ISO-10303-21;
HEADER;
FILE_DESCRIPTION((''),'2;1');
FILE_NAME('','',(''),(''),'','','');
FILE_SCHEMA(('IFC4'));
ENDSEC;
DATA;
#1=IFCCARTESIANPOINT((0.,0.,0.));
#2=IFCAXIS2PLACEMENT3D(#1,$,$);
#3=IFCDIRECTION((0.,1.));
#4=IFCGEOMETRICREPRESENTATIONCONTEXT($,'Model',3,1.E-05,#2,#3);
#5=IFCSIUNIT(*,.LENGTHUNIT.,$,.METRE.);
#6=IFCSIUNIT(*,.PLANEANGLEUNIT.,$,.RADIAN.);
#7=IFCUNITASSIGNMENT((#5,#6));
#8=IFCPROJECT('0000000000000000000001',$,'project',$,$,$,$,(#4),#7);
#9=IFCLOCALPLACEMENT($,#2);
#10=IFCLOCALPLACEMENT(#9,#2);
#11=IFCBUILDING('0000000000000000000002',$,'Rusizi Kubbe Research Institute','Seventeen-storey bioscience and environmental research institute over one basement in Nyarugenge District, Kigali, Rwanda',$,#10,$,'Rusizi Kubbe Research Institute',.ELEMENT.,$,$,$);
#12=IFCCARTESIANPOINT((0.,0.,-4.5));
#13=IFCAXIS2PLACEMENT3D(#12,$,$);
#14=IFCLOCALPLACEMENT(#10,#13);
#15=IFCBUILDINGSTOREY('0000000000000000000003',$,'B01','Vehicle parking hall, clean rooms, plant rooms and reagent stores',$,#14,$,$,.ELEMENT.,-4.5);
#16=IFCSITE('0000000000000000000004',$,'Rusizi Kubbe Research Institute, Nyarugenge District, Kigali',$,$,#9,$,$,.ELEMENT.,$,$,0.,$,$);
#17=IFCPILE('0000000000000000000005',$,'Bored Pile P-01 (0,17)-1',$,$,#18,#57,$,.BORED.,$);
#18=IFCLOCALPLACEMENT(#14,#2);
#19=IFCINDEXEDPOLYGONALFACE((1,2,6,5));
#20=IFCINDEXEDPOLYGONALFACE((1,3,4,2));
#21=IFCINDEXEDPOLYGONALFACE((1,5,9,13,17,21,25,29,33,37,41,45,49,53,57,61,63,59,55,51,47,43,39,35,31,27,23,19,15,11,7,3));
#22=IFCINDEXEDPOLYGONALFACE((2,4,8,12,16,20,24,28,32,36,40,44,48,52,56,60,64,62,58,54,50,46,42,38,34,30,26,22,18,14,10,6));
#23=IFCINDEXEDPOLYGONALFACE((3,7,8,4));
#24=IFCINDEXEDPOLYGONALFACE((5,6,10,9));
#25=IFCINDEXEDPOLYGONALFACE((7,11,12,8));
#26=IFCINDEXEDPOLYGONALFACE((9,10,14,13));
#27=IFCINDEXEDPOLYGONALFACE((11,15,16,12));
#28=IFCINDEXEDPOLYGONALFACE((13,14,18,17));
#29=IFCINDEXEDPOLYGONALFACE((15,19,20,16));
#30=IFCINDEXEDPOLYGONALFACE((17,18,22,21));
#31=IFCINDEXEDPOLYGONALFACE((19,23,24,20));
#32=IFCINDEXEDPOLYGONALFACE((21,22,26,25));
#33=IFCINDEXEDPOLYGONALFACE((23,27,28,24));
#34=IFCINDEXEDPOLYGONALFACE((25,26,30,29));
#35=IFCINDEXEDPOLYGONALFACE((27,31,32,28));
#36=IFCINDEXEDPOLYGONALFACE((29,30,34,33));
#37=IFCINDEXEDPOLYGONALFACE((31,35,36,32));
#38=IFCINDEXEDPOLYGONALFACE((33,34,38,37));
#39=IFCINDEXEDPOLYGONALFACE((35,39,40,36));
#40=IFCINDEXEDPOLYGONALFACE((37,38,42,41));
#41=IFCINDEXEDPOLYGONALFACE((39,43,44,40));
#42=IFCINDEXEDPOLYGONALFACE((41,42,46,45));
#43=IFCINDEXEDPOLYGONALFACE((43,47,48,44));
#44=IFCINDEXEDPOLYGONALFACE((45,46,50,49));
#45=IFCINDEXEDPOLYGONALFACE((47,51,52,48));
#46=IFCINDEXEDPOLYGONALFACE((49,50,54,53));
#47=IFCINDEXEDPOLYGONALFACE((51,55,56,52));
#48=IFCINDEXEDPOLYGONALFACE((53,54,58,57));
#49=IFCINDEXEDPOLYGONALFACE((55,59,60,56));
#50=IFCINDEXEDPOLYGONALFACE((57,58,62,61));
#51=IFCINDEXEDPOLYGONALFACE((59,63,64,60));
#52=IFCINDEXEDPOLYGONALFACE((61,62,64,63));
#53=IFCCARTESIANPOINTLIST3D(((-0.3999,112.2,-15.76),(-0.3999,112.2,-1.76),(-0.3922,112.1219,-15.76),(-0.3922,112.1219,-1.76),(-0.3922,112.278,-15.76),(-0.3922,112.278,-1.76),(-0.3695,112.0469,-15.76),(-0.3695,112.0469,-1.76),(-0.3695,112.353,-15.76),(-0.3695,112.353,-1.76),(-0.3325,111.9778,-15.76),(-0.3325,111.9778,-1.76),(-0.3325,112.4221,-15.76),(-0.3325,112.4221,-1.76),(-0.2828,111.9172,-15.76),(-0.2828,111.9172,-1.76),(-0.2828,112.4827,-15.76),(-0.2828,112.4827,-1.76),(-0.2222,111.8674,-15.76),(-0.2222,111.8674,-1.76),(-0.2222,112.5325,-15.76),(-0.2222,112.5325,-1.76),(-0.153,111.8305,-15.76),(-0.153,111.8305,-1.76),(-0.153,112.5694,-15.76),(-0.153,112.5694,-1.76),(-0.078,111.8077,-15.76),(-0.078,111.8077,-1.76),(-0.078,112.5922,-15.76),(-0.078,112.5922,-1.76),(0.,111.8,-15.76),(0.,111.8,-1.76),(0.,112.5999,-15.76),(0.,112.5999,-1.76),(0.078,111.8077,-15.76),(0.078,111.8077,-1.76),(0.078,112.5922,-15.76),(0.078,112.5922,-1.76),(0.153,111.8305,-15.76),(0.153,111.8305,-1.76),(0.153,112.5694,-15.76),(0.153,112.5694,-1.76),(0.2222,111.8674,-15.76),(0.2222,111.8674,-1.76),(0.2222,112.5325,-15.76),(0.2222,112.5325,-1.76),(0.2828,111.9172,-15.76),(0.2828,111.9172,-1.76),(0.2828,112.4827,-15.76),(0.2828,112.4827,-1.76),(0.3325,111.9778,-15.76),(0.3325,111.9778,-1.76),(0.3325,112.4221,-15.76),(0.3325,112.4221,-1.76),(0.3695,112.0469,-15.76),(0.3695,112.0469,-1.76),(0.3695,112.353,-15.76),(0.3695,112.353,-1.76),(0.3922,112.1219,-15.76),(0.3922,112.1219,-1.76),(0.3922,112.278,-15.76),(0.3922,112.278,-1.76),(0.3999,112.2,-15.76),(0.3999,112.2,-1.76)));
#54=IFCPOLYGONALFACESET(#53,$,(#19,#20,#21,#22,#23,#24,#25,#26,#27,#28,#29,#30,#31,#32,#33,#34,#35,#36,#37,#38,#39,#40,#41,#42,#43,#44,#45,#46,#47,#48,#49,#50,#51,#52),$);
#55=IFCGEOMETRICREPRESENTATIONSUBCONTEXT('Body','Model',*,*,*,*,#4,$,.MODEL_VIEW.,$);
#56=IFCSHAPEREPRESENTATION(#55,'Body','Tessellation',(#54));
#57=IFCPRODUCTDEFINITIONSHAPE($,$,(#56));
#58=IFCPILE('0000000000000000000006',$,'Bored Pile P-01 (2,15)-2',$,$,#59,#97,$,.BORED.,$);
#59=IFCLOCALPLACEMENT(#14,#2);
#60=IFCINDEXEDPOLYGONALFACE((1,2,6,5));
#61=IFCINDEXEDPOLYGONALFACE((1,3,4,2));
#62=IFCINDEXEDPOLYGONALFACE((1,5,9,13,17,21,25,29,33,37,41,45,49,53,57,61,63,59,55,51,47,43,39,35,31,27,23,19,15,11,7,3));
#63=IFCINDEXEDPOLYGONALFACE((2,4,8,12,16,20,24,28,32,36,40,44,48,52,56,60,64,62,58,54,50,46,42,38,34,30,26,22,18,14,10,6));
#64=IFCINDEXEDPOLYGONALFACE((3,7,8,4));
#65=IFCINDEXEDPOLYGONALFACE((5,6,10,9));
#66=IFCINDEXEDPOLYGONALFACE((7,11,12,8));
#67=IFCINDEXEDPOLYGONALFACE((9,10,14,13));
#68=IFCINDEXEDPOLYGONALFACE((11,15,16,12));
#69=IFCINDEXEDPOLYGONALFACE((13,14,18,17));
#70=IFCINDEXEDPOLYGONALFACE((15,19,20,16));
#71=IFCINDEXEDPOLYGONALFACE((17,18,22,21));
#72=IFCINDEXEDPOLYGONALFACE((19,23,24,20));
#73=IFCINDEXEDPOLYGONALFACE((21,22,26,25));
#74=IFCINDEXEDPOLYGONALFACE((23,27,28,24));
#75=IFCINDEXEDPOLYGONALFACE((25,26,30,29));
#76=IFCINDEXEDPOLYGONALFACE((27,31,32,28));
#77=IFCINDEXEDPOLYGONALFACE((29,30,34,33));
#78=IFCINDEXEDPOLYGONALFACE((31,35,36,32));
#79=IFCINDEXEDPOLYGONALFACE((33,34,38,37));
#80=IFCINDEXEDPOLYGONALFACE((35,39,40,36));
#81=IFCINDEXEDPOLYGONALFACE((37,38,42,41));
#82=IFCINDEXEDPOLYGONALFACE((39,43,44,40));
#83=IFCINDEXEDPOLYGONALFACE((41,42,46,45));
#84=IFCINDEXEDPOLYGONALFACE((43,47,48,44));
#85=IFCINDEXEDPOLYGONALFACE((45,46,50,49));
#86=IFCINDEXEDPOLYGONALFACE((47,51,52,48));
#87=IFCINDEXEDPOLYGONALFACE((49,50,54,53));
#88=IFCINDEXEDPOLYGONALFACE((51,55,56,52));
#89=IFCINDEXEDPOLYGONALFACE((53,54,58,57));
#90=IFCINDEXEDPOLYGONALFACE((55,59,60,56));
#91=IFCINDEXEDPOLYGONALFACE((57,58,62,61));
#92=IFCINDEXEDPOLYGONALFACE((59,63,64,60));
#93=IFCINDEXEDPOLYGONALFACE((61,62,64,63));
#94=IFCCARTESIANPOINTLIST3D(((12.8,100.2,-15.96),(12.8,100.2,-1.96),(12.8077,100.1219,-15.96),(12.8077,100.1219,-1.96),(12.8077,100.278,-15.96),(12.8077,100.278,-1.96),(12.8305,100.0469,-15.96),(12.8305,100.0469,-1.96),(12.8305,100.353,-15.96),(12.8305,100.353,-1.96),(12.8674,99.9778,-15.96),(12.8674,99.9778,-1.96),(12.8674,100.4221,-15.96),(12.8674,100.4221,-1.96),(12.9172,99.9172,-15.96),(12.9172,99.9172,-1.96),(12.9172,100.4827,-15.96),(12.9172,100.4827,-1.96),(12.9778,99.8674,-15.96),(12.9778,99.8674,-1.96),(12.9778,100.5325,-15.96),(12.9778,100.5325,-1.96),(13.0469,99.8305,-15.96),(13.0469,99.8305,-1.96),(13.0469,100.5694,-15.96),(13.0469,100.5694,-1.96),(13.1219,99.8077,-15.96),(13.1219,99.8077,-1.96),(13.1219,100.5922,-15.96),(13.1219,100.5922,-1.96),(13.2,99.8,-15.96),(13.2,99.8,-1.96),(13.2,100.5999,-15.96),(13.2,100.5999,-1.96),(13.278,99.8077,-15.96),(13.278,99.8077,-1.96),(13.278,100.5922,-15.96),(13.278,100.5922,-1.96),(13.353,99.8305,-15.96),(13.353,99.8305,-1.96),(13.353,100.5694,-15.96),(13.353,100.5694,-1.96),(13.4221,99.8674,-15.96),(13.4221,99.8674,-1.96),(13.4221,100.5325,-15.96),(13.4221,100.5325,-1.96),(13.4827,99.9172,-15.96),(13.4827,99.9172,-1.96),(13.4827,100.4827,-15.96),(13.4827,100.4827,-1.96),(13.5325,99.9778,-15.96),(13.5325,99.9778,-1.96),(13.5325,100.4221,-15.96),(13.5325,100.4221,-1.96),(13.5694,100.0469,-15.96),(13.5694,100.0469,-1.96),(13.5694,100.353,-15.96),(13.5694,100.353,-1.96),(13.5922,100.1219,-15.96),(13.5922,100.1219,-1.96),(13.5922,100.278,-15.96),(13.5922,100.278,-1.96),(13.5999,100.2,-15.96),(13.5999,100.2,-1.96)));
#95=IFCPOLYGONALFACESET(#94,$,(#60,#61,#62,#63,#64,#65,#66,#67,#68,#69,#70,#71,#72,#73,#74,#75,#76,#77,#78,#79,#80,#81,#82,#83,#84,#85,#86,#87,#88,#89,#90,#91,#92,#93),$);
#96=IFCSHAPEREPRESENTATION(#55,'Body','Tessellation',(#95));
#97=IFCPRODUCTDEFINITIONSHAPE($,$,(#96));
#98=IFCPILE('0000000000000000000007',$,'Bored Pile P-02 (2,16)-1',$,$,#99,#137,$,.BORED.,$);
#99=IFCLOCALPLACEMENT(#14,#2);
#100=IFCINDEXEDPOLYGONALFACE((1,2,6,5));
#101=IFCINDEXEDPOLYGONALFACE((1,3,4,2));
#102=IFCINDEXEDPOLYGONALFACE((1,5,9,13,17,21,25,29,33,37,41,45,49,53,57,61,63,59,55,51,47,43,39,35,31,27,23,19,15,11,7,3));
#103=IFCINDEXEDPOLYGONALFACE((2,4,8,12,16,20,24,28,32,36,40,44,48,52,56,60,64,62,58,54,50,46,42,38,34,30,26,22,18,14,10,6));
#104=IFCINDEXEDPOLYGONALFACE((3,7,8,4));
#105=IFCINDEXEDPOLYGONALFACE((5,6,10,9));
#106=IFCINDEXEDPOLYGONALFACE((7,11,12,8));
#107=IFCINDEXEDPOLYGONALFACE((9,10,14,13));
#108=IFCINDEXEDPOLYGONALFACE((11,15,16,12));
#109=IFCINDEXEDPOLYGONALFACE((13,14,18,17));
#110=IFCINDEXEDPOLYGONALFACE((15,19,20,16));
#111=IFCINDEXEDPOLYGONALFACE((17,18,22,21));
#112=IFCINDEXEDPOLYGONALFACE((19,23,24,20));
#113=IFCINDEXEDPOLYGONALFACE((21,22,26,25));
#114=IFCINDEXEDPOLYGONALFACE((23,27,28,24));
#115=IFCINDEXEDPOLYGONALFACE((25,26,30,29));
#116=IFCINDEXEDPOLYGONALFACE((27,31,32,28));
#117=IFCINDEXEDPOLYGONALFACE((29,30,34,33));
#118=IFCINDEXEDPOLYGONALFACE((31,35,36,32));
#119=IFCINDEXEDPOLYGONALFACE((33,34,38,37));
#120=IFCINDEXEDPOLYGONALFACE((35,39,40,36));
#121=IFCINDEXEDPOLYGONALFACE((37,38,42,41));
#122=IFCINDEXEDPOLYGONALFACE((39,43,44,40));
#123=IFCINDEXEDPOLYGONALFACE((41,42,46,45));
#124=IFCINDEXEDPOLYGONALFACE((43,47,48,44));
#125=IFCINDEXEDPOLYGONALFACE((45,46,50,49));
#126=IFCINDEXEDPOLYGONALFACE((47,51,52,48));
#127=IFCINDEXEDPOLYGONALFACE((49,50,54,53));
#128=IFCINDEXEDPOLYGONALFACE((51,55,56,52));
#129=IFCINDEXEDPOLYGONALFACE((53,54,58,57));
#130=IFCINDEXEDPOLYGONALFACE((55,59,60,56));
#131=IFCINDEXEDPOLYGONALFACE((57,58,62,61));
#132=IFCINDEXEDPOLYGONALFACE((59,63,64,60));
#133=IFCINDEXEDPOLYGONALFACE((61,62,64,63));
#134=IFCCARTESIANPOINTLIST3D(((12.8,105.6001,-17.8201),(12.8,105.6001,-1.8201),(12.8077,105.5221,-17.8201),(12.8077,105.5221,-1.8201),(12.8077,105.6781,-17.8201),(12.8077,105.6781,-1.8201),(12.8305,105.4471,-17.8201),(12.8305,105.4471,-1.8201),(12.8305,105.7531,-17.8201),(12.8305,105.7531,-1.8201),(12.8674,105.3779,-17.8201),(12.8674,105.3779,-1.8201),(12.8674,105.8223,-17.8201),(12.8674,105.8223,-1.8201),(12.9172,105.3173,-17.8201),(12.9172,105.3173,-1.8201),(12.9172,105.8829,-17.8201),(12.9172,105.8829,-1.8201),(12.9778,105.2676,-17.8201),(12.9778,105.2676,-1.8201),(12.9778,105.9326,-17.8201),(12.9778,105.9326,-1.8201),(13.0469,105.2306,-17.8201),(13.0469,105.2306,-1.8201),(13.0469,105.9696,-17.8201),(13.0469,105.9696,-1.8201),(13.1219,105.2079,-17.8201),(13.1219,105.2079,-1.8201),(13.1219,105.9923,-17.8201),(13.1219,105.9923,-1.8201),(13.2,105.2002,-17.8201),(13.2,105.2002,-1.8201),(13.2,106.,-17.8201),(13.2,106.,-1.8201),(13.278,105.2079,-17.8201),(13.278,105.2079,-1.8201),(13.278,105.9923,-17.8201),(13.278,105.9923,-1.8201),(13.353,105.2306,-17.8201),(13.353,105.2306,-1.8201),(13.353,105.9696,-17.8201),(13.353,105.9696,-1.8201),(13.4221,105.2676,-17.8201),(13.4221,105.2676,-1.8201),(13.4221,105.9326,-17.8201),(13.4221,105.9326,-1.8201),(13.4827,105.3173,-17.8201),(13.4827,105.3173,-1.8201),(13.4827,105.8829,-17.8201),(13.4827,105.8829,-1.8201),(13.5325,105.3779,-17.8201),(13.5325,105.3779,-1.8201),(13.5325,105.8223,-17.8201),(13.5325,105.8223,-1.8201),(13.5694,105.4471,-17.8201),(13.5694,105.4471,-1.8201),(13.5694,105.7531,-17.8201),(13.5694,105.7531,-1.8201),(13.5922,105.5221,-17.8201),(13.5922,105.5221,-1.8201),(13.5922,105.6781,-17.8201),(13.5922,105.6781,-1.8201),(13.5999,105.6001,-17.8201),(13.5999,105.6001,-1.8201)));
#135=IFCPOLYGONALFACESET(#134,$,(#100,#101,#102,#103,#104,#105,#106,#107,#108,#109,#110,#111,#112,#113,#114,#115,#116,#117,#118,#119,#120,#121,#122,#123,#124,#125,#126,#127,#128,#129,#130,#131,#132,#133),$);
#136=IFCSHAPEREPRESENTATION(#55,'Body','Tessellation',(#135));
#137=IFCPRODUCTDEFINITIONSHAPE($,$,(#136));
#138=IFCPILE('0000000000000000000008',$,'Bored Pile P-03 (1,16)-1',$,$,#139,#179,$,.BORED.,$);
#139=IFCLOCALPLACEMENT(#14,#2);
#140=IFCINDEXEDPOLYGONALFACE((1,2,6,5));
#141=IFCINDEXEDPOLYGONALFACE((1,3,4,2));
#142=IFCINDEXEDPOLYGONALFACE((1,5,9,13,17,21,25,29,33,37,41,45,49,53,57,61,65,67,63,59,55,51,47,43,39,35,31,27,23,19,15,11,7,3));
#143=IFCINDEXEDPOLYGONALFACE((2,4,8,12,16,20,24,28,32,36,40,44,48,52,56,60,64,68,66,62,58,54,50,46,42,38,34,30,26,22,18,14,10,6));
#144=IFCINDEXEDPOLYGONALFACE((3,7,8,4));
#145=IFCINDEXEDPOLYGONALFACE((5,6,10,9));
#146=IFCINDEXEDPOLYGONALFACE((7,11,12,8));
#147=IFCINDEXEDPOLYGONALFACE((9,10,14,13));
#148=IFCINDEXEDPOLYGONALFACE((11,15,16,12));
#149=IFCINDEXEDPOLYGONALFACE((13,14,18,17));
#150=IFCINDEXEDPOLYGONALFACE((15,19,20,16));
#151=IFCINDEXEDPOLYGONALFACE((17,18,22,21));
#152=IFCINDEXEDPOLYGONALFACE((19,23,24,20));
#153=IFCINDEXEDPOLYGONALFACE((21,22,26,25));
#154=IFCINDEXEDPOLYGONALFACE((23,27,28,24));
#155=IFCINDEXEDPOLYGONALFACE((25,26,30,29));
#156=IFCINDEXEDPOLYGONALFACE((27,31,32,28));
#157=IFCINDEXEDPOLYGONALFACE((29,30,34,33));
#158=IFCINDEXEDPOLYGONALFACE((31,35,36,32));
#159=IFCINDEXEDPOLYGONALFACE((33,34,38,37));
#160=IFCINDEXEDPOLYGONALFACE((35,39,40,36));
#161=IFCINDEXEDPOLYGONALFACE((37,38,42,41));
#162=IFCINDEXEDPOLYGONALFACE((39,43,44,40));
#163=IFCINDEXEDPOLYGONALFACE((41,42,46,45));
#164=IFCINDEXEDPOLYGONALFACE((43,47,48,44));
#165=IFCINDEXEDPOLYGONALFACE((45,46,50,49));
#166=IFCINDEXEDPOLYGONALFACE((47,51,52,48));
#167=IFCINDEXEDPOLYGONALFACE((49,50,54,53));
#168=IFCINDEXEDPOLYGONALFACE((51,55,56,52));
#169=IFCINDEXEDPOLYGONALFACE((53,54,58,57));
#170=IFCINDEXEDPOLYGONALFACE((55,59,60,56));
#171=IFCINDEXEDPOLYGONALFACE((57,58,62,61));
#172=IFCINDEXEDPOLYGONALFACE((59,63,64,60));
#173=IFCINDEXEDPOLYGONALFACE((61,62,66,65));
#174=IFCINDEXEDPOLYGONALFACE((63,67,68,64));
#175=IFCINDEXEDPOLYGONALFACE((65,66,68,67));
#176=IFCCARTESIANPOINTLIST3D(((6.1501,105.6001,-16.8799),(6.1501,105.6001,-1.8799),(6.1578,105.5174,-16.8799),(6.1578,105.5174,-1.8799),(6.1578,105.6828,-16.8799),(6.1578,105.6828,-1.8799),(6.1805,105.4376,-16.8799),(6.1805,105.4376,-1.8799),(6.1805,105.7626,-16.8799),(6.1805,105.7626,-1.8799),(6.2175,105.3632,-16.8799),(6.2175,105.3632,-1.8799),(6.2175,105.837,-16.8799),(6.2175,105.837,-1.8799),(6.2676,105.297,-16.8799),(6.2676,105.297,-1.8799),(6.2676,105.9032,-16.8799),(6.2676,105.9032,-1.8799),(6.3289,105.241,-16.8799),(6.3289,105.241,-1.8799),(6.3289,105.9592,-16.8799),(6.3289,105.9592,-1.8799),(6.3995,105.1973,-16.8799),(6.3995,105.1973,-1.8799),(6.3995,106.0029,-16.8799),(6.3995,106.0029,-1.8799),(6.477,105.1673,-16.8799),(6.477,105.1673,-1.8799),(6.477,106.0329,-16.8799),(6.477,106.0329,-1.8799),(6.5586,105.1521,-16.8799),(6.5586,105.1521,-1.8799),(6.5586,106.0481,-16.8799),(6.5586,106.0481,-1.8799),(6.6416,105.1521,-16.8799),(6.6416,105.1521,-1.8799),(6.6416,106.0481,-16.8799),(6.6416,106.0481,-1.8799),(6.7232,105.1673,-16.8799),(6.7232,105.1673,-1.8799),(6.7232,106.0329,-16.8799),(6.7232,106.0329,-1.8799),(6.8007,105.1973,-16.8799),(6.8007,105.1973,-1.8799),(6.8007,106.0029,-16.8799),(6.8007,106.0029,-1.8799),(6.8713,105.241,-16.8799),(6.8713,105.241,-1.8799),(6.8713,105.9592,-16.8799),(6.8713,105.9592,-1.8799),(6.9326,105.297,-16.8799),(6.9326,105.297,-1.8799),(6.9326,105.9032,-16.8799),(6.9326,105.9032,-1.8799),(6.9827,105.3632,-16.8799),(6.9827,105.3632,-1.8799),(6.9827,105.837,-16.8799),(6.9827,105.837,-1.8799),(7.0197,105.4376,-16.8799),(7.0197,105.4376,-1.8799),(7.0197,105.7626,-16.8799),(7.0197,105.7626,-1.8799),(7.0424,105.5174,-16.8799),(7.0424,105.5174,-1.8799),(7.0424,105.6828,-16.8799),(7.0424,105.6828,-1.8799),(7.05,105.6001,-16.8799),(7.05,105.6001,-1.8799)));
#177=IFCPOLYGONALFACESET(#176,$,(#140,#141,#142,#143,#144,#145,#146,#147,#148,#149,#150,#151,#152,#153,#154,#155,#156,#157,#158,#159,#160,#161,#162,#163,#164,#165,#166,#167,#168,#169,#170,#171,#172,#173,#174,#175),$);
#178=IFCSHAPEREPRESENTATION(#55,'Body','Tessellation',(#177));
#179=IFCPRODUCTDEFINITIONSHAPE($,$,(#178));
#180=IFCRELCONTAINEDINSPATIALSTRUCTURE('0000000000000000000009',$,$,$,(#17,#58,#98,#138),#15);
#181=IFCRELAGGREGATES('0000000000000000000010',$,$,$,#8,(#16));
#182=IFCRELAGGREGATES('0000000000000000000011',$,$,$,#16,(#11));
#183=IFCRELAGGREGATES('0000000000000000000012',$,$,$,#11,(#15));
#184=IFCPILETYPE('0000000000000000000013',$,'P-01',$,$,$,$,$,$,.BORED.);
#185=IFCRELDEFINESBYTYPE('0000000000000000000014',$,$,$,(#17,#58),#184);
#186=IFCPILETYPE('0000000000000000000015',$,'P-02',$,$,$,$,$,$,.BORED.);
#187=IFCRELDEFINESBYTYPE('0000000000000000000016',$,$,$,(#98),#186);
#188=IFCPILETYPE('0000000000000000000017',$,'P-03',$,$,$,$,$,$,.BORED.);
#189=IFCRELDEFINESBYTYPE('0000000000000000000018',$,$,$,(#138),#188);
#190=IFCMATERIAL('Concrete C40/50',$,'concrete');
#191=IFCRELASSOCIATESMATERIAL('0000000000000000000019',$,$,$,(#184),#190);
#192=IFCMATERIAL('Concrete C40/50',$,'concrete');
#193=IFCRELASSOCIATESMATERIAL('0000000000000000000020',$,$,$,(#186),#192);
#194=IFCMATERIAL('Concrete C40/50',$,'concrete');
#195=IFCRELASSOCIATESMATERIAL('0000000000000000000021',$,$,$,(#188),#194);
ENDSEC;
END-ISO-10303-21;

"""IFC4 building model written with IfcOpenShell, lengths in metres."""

from ifc_helpers import new_model, si_unit, direction, frame, origin, origin_2d, place, context, subcontext, project, spatial, circle, extrude, material, material_profile, profile_set, type_object, element, save


model = new_model("IFC4")

# Units and contexts
model_context = context("Model", 3, precision=1e-05, world=origin(), true_north=direction((0.0, 1.0)))
body_context = subcontext(model_context, "Body", "Model", "MODEL_VIEW")
ifc_project = project(units=[si_unit("LENGTHUNIT", "METRE"), si_unit("PLANEANGLEUNIT", "RADIAN")], contexts=[model_context])

# Site, building, storey
site_placement = place(None, origin())
site = spatial("IfcSite", under=ifc_project, at=site_placement, Name="Rusizi Kubbe Research Institute, Nyarugenge District, Kigali", CompositionType="ELEMENT", RefElevation=0.0)
building_placement = place(site_placement, origin())
building = spatial("IfcBuilding", under=site, at=building_placement, Name="Rusizi Kubbe Research Institute", Description="Seventeen-storey bioscience and environmental research institute over one basement in Nyarugenge District, Kigali, Rwanda", LongName="Rusizi Kubbe Research Institute", CompositionType="ELEMENT")
storey_placement = place(building_placement, frame((0.0, 0.0, -4.5)))
storey = spatial("IfcBuildingStorey", under=building, at=storey_placement, Name="B01", Description="Vehicle parking hall, clean rooms, plant rooms and reagent stores", CompositionType="ELEMENT", Elevation=-4.5)

# Piles
ifc_material_1 = material(Name="Concrete C40/50", Category="concrete")
ifc_material_profile_1 = material_profile(ifc_material_1, circle(Radius=0.3999, at=origin_2d()), Name="PILE-D800")
ifc_profile_set_1 = profile_set([ifc_material_profile_1], Name="Concrete C40/50")
pile_type_1 = type_object("IfcPileType", Name="P-01", PredefinedType="BORED", material=ifc_profile_set_1)
for number, where, z_axis, x_axis, name in (
    (1, (0.0, 112.2, -1.76), (0.0, 0.0, -1.0), (1.0, 0.0, 0.0), "Bored Pile P-01 (0,17)-1"),
    (2, (13.2, 100.2, -1.96), (0.0, 0.0, -1.0), (1.0, 0.0, 0.0), "Bored Pile P-01 (2,15)-2"),
):
    element("IfcPile", number, at=place(storey_placement, frame(where, z_axis=z_axis, x_axis=x_axis)), inside=storey, type_object=pile_type_1, Name=name, PredefinedType="BORED", context=body_context, shape_type="SweptSolid", body=[
        extrude(circle(Radius=0.3999, at=origin_2d()), origin(), (0.0, 0.0, 1.0), 14.0),
    ])
ifc_material_2 = material(Name="Concrete C40/50", Category="concrete")
ifc_material_profile_2 = material_profile(ifc_material_2, circle(Radius=0.3999, at=origin_2d()), Name="PILE-D800")
ifc_profile_set_2 = profile_set([ifc_material_profile_2], Name="Concrete C40/50")
pile_type_2 = type_object("IfcPileType", Name="P-02", PredefinedType="BORED", material=ifc_profile_set_2)
pile_1_placement = place(storey_placement, frame((13.2, 105.6001, -1.8201), z_axis=(0.0, 0.0, -1.0), x_axis=(1.0, 0.0, 0.0)))
element("IfcPile", 3, at=pile_1_placement, inside=storey, type_object=pile_type_2, Name="Bored Pile P-02 (2,16)-1", PredefinedType="BORED", context=body_context, shape_type="SweptSolid", body=[
    extrude(circle(Radius=0.3999, at=origin_2d()), origin(), (0.0, 0.0, 1.0), 16.0),
])
ifc_material_3 = material(Name="Concrete C40/50", Category="concrete")
ifc_material_profile_3 = material_profile(ifc_material_3, circle(Radius=0.45, at=origin_2d()), Name="PILE-D900")
ifc_profile_set_3 = profile_set([ifc_material_profile_3], Name="Concrete C40/50")
pile_type_3 = type_object("IfcPileType", Name="P-03", PredefinedType="BORED", material=ifc_profile_set_3)
pile_2_placement = place(storey_placement, frame((6.6001, 105.6001, -1.8799), z_axis=(0.0, 0.0, -1.0), x_axis=(1.0, 0.0, 0.0)))
element("IfcPile", 4, at=pile_2_placement, inside=storey, type_object=pile_type_3, Name="Bored Pile P-03 (1,16)-1", PredefinedType="BORED", context=body_context, shape_type="SweptSolid", body=[
    extrude(circle(Radius=0.45, at=origin_2d()), origin(), (0.0, 0.0, 1.0), 15.0),
])

save(model, "model.ifc")
